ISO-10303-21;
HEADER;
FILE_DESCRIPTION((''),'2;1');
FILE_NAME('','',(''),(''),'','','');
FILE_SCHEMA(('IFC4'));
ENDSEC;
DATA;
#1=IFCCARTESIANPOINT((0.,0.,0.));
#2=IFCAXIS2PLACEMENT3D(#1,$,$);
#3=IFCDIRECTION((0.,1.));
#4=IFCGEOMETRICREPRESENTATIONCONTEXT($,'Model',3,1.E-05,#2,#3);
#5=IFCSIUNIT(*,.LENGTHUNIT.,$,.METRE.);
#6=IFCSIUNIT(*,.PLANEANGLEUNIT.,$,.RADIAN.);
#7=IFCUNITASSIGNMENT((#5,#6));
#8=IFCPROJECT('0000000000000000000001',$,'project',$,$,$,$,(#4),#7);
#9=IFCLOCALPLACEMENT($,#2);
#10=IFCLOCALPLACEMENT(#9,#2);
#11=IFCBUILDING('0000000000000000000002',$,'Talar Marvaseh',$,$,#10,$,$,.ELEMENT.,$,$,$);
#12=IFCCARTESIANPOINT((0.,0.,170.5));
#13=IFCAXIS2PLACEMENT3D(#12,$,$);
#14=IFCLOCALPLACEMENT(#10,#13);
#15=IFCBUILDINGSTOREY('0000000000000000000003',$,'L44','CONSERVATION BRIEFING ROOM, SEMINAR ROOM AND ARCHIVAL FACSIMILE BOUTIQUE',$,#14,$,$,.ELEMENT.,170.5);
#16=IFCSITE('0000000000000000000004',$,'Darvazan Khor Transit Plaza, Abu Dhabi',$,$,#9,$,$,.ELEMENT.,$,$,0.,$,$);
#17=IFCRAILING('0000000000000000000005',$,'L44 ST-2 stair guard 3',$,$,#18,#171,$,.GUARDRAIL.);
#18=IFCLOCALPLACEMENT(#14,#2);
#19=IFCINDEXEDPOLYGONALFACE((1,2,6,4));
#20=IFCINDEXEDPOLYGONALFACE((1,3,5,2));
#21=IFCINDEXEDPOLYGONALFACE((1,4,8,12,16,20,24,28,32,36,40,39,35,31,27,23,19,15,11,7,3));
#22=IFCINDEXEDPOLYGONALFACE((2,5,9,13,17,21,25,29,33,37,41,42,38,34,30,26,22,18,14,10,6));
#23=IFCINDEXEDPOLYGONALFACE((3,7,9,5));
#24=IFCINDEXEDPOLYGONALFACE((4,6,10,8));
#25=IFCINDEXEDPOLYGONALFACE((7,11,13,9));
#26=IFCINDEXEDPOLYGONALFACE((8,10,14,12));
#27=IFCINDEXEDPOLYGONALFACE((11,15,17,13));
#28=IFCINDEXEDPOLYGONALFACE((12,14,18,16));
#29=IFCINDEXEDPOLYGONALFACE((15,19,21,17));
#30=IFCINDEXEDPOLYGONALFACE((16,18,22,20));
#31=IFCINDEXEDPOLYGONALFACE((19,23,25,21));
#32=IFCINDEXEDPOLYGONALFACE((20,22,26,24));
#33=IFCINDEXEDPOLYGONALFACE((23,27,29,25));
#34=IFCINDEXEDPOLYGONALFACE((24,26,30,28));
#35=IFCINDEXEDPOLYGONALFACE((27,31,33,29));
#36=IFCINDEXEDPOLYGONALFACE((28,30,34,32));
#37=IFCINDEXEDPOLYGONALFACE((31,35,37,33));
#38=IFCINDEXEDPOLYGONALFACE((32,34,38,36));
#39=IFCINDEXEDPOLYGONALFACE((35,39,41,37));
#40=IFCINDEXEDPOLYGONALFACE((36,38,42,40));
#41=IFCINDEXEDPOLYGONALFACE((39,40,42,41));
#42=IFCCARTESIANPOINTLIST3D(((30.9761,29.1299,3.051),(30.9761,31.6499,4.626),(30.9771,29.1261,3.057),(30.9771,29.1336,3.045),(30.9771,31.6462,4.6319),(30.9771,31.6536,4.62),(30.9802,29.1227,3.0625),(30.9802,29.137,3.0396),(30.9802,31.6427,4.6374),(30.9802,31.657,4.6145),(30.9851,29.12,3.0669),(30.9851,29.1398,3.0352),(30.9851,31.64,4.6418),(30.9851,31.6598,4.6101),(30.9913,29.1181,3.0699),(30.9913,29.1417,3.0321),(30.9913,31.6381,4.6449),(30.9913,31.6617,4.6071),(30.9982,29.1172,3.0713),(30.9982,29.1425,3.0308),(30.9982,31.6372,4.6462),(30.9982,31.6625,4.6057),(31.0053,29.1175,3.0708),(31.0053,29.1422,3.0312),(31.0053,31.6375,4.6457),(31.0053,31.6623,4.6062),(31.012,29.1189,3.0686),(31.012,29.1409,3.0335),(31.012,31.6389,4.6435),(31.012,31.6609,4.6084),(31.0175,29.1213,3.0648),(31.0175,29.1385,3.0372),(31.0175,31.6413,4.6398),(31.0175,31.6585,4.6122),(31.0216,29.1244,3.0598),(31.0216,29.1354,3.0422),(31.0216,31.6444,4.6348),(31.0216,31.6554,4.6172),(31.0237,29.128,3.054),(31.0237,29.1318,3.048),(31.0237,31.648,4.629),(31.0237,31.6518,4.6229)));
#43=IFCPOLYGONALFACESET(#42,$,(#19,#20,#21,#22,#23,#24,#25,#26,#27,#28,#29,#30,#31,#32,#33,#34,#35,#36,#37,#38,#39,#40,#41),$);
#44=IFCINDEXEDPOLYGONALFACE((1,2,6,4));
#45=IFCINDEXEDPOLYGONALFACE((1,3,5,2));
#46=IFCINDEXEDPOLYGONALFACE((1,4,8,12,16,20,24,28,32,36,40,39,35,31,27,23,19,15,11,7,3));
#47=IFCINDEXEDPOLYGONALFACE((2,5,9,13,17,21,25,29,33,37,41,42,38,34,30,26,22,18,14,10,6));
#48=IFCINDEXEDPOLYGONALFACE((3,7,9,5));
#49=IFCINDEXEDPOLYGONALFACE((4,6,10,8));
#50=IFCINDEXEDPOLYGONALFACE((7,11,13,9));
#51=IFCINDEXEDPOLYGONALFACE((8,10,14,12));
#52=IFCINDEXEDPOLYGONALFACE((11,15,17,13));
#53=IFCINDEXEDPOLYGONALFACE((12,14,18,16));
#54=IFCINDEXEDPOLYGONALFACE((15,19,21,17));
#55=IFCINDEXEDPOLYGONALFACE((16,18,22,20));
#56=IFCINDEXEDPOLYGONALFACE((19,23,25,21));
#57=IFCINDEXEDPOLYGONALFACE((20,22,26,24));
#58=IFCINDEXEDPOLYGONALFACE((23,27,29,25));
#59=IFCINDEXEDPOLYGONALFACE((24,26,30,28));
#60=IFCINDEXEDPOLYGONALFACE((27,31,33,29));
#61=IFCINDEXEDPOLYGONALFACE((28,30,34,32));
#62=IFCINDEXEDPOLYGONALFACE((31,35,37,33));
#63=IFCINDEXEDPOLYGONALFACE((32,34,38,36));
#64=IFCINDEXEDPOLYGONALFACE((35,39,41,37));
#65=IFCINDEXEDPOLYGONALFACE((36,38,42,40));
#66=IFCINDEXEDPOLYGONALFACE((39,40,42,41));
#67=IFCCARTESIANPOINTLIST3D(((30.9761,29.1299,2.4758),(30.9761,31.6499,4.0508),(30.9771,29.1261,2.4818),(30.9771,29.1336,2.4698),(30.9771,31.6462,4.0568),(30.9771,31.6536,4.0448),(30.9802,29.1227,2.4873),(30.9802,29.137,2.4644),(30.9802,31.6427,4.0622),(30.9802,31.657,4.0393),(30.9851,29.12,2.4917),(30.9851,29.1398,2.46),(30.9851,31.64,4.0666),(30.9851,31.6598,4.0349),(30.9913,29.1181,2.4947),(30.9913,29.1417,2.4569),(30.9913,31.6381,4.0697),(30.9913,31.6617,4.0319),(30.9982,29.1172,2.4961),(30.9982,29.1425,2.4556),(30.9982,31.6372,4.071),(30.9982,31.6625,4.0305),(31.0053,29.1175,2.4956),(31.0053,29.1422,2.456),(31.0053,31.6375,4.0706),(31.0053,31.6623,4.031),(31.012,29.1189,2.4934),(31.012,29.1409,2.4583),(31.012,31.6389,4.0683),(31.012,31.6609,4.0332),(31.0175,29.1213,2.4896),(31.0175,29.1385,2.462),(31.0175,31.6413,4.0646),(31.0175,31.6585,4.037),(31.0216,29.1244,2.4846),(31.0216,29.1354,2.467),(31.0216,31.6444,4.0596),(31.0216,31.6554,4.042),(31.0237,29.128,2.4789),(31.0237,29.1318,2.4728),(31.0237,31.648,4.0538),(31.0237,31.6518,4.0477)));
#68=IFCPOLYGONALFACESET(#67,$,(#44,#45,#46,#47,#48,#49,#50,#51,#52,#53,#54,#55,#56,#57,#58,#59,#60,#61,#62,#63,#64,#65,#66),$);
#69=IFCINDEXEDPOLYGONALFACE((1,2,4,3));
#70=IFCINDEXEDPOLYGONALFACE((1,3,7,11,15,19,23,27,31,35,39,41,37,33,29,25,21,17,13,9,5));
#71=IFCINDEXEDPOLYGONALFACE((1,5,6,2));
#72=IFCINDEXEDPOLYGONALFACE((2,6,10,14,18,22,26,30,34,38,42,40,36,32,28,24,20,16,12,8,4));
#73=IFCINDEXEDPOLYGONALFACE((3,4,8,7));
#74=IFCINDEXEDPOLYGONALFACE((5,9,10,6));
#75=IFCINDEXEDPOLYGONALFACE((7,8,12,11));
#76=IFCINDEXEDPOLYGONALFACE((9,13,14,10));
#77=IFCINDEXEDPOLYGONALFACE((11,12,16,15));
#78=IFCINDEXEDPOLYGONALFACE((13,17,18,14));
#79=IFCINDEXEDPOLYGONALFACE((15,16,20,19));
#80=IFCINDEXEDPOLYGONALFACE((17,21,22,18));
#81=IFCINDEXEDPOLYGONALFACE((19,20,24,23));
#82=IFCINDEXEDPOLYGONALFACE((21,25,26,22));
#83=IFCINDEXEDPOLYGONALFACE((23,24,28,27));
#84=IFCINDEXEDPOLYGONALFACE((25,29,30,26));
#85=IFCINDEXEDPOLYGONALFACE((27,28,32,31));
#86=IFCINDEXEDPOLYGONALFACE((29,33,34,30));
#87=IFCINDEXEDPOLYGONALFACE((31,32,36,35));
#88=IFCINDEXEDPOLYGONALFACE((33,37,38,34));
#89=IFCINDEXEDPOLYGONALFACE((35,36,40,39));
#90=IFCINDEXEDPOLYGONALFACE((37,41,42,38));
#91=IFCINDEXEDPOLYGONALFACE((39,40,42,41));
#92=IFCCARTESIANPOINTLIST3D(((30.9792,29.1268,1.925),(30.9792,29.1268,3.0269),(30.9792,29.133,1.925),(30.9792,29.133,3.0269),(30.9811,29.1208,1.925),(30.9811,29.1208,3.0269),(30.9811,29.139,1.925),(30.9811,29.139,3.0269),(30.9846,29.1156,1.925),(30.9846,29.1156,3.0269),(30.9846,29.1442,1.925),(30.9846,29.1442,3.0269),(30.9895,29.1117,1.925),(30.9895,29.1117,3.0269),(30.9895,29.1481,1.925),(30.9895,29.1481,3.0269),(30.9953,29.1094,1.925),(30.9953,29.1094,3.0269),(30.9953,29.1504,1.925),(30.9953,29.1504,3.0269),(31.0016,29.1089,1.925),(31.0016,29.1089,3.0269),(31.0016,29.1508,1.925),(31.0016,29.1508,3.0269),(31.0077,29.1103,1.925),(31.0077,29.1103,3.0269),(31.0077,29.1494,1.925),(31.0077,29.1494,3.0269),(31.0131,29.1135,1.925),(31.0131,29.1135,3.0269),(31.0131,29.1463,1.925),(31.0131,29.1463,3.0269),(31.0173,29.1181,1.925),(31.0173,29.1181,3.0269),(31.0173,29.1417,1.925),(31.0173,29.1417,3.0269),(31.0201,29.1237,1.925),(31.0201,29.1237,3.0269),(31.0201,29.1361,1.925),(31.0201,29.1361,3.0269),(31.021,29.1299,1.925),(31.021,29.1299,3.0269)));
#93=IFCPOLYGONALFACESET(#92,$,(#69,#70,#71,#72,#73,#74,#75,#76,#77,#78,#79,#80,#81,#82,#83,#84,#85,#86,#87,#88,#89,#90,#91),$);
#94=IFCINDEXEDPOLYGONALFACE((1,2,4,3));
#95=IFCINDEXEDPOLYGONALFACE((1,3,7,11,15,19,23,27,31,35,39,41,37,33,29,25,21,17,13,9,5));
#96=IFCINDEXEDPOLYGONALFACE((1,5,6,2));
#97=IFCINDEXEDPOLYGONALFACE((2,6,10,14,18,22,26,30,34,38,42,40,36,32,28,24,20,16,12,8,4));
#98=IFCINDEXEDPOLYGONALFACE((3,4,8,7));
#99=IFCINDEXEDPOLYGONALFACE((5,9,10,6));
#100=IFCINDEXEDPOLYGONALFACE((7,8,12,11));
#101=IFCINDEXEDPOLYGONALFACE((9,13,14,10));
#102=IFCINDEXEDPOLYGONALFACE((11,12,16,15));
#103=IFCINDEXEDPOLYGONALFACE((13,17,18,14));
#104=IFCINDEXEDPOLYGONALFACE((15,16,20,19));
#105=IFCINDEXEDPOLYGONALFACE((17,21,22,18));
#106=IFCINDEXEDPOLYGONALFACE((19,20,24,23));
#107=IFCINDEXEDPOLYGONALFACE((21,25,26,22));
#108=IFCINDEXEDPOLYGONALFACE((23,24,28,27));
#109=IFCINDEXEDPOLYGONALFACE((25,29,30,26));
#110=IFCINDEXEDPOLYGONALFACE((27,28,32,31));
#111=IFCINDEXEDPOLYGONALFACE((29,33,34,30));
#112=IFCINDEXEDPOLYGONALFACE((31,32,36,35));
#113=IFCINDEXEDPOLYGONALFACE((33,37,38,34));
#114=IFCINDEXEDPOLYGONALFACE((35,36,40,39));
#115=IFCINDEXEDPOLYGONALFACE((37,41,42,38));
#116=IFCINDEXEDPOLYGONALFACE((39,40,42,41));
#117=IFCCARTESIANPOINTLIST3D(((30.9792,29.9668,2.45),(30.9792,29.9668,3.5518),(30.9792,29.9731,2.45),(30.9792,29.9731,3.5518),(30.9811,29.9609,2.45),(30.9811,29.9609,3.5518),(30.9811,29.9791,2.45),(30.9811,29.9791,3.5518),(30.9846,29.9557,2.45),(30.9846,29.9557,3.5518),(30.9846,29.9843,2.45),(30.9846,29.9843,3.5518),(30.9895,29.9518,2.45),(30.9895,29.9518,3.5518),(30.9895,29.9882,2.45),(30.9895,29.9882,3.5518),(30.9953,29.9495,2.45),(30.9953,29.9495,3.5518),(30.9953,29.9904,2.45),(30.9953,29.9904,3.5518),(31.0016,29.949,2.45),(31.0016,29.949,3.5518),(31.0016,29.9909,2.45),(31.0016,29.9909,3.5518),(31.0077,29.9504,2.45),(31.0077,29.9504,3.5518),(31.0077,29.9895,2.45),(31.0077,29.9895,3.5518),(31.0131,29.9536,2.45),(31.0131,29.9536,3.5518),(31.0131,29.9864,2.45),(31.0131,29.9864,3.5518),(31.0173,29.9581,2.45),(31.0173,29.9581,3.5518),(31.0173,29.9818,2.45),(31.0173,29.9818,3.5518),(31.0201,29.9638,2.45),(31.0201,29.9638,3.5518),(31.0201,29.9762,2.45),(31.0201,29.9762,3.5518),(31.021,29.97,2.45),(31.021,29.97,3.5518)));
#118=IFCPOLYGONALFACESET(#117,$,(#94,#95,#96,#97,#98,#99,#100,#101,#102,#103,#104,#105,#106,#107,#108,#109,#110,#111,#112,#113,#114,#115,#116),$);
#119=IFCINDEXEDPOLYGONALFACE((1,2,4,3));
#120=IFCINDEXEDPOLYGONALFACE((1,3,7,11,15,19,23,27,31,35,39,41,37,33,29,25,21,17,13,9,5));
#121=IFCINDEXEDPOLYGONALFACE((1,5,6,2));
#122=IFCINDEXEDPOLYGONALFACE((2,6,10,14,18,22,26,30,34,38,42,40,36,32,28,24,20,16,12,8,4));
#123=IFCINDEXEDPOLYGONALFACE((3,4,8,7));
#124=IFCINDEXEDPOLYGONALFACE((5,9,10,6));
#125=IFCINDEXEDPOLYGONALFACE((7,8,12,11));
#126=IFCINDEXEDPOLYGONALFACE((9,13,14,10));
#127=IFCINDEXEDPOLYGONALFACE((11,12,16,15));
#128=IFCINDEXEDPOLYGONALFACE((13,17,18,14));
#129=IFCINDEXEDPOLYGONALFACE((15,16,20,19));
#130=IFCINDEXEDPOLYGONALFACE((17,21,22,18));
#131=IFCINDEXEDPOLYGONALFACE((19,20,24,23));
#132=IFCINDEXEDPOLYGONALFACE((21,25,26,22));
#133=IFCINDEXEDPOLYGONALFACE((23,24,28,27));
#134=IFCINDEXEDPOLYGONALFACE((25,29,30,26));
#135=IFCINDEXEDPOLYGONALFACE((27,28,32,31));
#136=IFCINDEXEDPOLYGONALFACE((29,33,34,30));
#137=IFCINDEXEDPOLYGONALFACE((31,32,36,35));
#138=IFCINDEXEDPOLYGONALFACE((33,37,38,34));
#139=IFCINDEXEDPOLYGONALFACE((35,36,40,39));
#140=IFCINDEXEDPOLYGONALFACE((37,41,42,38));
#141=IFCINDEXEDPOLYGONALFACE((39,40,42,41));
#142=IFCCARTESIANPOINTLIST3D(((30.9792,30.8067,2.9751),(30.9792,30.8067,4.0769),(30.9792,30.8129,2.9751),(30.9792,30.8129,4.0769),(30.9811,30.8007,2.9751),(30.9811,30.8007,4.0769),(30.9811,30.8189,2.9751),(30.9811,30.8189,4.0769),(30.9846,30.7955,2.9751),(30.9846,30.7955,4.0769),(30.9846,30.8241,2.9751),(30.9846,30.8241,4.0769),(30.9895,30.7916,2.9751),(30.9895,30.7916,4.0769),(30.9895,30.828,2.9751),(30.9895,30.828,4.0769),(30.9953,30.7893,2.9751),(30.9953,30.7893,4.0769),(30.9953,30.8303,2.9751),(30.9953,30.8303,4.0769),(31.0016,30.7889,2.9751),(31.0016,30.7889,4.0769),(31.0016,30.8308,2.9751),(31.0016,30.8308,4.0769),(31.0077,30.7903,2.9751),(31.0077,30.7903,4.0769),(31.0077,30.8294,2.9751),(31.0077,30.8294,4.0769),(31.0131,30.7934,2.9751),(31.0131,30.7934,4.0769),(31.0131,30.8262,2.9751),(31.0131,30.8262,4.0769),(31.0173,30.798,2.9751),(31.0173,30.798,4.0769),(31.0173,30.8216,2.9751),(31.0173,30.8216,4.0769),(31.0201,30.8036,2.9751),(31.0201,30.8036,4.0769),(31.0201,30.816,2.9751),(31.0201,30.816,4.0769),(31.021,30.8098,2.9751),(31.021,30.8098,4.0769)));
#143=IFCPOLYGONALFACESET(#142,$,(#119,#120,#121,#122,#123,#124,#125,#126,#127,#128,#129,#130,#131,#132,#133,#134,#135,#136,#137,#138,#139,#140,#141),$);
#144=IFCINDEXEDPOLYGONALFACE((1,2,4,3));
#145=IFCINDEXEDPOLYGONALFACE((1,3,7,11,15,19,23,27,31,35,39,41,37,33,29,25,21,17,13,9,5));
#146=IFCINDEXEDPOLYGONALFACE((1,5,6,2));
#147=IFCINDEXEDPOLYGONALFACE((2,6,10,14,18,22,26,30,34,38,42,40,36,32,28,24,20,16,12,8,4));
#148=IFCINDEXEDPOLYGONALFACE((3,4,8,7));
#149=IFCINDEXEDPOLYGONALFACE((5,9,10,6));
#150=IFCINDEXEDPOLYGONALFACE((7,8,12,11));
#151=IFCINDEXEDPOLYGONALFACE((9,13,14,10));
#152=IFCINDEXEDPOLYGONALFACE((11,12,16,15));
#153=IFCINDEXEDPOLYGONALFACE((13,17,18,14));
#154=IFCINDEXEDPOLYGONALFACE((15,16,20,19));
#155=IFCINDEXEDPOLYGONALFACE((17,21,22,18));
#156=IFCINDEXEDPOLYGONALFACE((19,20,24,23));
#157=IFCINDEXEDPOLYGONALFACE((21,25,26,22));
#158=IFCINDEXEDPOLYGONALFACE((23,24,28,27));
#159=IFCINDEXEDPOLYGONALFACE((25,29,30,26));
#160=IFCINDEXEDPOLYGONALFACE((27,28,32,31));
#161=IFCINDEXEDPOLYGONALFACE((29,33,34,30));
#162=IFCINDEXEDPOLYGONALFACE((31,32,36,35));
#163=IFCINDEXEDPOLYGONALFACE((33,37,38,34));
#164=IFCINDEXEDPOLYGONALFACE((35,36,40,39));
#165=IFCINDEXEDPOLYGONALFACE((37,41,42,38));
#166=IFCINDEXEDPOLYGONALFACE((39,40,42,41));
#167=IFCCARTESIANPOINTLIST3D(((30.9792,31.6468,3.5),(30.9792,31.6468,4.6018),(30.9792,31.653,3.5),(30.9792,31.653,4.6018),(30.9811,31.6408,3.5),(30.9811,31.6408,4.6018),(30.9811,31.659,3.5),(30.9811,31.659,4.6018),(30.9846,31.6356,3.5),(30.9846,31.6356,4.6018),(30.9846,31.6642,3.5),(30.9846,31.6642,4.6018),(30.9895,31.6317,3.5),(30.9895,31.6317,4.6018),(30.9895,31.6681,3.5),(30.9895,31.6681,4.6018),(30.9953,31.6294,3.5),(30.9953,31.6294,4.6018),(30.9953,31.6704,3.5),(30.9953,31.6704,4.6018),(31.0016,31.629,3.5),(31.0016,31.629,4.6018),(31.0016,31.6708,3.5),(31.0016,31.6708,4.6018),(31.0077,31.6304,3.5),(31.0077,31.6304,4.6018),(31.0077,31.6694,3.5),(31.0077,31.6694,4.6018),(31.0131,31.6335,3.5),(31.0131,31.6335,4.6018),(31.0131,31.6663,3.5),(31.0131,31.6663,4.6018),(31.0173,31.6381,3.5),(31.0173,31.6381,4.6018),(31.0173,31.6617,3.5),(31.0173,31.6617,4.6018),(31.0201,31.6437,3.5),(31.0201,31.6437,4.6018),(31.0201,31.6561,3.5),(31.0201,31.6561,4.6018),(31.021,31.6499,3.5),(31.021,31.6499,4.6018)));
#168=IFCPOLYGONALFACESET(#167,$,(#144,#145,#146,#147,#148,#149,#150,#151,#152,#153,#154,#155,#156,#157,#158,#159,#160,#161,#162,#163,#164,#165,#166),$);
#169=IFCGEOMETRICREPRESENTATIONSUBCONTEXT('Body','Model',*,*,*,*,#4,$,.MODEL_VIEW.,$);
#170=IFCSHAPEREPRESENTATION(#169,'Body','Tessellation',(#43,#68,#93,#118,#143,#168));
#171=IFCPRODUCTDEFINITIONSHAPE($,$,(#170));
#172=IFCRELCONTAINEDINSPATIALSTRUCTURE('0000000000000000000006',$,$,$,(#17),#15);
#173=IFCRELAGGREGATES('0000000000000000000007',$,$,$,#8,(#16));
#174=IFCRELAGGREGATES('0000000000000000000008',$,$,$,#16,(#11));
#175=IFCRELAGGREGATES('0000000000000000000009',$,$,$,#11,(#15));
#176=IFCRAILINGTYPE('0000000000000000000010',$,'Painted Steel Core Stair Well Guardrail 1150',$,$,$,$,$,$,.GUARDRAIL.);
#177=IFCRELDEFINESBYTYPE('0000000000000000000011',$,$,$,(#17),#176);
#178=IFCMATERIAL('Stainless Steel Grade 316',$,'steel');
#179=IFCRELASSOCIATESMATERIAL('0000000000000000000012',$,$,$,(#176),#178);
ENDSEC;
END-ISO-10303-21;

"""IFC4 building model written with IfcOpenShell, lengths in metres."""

from ifc_helpers import new_model, si_unit, direction, frame, origin, origin_2d, place, context, subcontext, project, spatial, circle, extrude, material, type_object, element, save


model = new_model("IFC4")

# Units and contexts
model_context = context("Model", 3, precision=1e-05, world=origin(), true_north=direction((0.0, 1.0)))
body_context = subcontext(model_context, "Body", "Model", "MODEL_VIEW")
ifc_project = project(units=[si_unit("LENGTHUNIT", "METRE"), si_unit("PLANEANGLEUNIT", "RADIAN")], contexts=[model_context])

# Site, building, storey
site_placement = place(None, origin())
site = spatial("IfcSite", under=ifc_project, at=site_placement, Name="Darvazan Khor Transit Plaza, Abu Dhabi", CompositionType="ELEMENT", RefElevation=0.0)
building_placement = place(site_placement, origin())
building = spatial("IfcBuilding", under=site, at=building_placement, Name="Talar Marvaseh", CompositionType="ELEMENT")
storey_placement = place(building_placement, frame((0.0, 0.0, 170.5)))
storey = spatial("IfcBuildingStorey", under=building, at=storey_placement, Name="L44", Description="CONSERVATION BRIEFING ROOM, SEMINAR ROOM AND ARCHIVAL FACSIMILE BOUTIQUE", CompositionType="ELEMENT", Elevation=170.5)

# Shared definitions
ifc_material_1 = material(Name="Stainless Steel Grade 316", Category="steel")

# Railing
railing_type_1 = type_object("IfcRailingType", Name="Painted Steel Core Stair Well Guardrail 1150", PredefinedType="GUARDRAIL", material=ifc_material_1)
railing_1_placement = place(storey_placement, frame((31.0, 29.1299, 1.925)))
element("IfcRailing", 1, at=railing_1_placement, inside=storey, type_object=railing_type_1, Name="L44 ST-2 stair guard 3", PredefinedType="GUARDRAIL", context=body_context, shape_type="SweptSolid", body=[
    extrude(circle(Radius=0.0239, at=origin_2d()), frame((0.0, 0.0, 1.126), z_axis=(0.0, 0.848008, 0.529984), x_axis=(-1.0, 0.0, 0.0)), (0.0, 0.0, 1.0), 2.9717),
    extrude(circle(Radius=0.0239, at=origin_2d()), frame((0.0, 0.0, 0.5508), z_axis=(0.0, 0.848008, 0.529984), x_axis=(-1.0, 0.0, 0.0)), (0.0, 0.0, 1.0), 2.9717),
    extrude(circle(Radius=0.021, at=origin_2d()), origin(), (0.0, 0.0, 1.0), 1.1018),
    extrude(circle(Radius=0.021, at=origin_2d()), frame((0.0, 0.8401, 0.5249)), (0.0, 0.0, 1.0), 1.1018),
    extrude(circle(Radius=0.021, at=origin_2d()), frame((0.0, 1.6799, 1.05)), (0.0, 0.0, 1.0), 1.1018),
    extrude(circle(Radius=0.021, at=origin_2d()), frame((0.0, 2.52, 1.575)), (0.0, 0.0, 1.0), 1.1018),
])

save(model, "model.ifc")
